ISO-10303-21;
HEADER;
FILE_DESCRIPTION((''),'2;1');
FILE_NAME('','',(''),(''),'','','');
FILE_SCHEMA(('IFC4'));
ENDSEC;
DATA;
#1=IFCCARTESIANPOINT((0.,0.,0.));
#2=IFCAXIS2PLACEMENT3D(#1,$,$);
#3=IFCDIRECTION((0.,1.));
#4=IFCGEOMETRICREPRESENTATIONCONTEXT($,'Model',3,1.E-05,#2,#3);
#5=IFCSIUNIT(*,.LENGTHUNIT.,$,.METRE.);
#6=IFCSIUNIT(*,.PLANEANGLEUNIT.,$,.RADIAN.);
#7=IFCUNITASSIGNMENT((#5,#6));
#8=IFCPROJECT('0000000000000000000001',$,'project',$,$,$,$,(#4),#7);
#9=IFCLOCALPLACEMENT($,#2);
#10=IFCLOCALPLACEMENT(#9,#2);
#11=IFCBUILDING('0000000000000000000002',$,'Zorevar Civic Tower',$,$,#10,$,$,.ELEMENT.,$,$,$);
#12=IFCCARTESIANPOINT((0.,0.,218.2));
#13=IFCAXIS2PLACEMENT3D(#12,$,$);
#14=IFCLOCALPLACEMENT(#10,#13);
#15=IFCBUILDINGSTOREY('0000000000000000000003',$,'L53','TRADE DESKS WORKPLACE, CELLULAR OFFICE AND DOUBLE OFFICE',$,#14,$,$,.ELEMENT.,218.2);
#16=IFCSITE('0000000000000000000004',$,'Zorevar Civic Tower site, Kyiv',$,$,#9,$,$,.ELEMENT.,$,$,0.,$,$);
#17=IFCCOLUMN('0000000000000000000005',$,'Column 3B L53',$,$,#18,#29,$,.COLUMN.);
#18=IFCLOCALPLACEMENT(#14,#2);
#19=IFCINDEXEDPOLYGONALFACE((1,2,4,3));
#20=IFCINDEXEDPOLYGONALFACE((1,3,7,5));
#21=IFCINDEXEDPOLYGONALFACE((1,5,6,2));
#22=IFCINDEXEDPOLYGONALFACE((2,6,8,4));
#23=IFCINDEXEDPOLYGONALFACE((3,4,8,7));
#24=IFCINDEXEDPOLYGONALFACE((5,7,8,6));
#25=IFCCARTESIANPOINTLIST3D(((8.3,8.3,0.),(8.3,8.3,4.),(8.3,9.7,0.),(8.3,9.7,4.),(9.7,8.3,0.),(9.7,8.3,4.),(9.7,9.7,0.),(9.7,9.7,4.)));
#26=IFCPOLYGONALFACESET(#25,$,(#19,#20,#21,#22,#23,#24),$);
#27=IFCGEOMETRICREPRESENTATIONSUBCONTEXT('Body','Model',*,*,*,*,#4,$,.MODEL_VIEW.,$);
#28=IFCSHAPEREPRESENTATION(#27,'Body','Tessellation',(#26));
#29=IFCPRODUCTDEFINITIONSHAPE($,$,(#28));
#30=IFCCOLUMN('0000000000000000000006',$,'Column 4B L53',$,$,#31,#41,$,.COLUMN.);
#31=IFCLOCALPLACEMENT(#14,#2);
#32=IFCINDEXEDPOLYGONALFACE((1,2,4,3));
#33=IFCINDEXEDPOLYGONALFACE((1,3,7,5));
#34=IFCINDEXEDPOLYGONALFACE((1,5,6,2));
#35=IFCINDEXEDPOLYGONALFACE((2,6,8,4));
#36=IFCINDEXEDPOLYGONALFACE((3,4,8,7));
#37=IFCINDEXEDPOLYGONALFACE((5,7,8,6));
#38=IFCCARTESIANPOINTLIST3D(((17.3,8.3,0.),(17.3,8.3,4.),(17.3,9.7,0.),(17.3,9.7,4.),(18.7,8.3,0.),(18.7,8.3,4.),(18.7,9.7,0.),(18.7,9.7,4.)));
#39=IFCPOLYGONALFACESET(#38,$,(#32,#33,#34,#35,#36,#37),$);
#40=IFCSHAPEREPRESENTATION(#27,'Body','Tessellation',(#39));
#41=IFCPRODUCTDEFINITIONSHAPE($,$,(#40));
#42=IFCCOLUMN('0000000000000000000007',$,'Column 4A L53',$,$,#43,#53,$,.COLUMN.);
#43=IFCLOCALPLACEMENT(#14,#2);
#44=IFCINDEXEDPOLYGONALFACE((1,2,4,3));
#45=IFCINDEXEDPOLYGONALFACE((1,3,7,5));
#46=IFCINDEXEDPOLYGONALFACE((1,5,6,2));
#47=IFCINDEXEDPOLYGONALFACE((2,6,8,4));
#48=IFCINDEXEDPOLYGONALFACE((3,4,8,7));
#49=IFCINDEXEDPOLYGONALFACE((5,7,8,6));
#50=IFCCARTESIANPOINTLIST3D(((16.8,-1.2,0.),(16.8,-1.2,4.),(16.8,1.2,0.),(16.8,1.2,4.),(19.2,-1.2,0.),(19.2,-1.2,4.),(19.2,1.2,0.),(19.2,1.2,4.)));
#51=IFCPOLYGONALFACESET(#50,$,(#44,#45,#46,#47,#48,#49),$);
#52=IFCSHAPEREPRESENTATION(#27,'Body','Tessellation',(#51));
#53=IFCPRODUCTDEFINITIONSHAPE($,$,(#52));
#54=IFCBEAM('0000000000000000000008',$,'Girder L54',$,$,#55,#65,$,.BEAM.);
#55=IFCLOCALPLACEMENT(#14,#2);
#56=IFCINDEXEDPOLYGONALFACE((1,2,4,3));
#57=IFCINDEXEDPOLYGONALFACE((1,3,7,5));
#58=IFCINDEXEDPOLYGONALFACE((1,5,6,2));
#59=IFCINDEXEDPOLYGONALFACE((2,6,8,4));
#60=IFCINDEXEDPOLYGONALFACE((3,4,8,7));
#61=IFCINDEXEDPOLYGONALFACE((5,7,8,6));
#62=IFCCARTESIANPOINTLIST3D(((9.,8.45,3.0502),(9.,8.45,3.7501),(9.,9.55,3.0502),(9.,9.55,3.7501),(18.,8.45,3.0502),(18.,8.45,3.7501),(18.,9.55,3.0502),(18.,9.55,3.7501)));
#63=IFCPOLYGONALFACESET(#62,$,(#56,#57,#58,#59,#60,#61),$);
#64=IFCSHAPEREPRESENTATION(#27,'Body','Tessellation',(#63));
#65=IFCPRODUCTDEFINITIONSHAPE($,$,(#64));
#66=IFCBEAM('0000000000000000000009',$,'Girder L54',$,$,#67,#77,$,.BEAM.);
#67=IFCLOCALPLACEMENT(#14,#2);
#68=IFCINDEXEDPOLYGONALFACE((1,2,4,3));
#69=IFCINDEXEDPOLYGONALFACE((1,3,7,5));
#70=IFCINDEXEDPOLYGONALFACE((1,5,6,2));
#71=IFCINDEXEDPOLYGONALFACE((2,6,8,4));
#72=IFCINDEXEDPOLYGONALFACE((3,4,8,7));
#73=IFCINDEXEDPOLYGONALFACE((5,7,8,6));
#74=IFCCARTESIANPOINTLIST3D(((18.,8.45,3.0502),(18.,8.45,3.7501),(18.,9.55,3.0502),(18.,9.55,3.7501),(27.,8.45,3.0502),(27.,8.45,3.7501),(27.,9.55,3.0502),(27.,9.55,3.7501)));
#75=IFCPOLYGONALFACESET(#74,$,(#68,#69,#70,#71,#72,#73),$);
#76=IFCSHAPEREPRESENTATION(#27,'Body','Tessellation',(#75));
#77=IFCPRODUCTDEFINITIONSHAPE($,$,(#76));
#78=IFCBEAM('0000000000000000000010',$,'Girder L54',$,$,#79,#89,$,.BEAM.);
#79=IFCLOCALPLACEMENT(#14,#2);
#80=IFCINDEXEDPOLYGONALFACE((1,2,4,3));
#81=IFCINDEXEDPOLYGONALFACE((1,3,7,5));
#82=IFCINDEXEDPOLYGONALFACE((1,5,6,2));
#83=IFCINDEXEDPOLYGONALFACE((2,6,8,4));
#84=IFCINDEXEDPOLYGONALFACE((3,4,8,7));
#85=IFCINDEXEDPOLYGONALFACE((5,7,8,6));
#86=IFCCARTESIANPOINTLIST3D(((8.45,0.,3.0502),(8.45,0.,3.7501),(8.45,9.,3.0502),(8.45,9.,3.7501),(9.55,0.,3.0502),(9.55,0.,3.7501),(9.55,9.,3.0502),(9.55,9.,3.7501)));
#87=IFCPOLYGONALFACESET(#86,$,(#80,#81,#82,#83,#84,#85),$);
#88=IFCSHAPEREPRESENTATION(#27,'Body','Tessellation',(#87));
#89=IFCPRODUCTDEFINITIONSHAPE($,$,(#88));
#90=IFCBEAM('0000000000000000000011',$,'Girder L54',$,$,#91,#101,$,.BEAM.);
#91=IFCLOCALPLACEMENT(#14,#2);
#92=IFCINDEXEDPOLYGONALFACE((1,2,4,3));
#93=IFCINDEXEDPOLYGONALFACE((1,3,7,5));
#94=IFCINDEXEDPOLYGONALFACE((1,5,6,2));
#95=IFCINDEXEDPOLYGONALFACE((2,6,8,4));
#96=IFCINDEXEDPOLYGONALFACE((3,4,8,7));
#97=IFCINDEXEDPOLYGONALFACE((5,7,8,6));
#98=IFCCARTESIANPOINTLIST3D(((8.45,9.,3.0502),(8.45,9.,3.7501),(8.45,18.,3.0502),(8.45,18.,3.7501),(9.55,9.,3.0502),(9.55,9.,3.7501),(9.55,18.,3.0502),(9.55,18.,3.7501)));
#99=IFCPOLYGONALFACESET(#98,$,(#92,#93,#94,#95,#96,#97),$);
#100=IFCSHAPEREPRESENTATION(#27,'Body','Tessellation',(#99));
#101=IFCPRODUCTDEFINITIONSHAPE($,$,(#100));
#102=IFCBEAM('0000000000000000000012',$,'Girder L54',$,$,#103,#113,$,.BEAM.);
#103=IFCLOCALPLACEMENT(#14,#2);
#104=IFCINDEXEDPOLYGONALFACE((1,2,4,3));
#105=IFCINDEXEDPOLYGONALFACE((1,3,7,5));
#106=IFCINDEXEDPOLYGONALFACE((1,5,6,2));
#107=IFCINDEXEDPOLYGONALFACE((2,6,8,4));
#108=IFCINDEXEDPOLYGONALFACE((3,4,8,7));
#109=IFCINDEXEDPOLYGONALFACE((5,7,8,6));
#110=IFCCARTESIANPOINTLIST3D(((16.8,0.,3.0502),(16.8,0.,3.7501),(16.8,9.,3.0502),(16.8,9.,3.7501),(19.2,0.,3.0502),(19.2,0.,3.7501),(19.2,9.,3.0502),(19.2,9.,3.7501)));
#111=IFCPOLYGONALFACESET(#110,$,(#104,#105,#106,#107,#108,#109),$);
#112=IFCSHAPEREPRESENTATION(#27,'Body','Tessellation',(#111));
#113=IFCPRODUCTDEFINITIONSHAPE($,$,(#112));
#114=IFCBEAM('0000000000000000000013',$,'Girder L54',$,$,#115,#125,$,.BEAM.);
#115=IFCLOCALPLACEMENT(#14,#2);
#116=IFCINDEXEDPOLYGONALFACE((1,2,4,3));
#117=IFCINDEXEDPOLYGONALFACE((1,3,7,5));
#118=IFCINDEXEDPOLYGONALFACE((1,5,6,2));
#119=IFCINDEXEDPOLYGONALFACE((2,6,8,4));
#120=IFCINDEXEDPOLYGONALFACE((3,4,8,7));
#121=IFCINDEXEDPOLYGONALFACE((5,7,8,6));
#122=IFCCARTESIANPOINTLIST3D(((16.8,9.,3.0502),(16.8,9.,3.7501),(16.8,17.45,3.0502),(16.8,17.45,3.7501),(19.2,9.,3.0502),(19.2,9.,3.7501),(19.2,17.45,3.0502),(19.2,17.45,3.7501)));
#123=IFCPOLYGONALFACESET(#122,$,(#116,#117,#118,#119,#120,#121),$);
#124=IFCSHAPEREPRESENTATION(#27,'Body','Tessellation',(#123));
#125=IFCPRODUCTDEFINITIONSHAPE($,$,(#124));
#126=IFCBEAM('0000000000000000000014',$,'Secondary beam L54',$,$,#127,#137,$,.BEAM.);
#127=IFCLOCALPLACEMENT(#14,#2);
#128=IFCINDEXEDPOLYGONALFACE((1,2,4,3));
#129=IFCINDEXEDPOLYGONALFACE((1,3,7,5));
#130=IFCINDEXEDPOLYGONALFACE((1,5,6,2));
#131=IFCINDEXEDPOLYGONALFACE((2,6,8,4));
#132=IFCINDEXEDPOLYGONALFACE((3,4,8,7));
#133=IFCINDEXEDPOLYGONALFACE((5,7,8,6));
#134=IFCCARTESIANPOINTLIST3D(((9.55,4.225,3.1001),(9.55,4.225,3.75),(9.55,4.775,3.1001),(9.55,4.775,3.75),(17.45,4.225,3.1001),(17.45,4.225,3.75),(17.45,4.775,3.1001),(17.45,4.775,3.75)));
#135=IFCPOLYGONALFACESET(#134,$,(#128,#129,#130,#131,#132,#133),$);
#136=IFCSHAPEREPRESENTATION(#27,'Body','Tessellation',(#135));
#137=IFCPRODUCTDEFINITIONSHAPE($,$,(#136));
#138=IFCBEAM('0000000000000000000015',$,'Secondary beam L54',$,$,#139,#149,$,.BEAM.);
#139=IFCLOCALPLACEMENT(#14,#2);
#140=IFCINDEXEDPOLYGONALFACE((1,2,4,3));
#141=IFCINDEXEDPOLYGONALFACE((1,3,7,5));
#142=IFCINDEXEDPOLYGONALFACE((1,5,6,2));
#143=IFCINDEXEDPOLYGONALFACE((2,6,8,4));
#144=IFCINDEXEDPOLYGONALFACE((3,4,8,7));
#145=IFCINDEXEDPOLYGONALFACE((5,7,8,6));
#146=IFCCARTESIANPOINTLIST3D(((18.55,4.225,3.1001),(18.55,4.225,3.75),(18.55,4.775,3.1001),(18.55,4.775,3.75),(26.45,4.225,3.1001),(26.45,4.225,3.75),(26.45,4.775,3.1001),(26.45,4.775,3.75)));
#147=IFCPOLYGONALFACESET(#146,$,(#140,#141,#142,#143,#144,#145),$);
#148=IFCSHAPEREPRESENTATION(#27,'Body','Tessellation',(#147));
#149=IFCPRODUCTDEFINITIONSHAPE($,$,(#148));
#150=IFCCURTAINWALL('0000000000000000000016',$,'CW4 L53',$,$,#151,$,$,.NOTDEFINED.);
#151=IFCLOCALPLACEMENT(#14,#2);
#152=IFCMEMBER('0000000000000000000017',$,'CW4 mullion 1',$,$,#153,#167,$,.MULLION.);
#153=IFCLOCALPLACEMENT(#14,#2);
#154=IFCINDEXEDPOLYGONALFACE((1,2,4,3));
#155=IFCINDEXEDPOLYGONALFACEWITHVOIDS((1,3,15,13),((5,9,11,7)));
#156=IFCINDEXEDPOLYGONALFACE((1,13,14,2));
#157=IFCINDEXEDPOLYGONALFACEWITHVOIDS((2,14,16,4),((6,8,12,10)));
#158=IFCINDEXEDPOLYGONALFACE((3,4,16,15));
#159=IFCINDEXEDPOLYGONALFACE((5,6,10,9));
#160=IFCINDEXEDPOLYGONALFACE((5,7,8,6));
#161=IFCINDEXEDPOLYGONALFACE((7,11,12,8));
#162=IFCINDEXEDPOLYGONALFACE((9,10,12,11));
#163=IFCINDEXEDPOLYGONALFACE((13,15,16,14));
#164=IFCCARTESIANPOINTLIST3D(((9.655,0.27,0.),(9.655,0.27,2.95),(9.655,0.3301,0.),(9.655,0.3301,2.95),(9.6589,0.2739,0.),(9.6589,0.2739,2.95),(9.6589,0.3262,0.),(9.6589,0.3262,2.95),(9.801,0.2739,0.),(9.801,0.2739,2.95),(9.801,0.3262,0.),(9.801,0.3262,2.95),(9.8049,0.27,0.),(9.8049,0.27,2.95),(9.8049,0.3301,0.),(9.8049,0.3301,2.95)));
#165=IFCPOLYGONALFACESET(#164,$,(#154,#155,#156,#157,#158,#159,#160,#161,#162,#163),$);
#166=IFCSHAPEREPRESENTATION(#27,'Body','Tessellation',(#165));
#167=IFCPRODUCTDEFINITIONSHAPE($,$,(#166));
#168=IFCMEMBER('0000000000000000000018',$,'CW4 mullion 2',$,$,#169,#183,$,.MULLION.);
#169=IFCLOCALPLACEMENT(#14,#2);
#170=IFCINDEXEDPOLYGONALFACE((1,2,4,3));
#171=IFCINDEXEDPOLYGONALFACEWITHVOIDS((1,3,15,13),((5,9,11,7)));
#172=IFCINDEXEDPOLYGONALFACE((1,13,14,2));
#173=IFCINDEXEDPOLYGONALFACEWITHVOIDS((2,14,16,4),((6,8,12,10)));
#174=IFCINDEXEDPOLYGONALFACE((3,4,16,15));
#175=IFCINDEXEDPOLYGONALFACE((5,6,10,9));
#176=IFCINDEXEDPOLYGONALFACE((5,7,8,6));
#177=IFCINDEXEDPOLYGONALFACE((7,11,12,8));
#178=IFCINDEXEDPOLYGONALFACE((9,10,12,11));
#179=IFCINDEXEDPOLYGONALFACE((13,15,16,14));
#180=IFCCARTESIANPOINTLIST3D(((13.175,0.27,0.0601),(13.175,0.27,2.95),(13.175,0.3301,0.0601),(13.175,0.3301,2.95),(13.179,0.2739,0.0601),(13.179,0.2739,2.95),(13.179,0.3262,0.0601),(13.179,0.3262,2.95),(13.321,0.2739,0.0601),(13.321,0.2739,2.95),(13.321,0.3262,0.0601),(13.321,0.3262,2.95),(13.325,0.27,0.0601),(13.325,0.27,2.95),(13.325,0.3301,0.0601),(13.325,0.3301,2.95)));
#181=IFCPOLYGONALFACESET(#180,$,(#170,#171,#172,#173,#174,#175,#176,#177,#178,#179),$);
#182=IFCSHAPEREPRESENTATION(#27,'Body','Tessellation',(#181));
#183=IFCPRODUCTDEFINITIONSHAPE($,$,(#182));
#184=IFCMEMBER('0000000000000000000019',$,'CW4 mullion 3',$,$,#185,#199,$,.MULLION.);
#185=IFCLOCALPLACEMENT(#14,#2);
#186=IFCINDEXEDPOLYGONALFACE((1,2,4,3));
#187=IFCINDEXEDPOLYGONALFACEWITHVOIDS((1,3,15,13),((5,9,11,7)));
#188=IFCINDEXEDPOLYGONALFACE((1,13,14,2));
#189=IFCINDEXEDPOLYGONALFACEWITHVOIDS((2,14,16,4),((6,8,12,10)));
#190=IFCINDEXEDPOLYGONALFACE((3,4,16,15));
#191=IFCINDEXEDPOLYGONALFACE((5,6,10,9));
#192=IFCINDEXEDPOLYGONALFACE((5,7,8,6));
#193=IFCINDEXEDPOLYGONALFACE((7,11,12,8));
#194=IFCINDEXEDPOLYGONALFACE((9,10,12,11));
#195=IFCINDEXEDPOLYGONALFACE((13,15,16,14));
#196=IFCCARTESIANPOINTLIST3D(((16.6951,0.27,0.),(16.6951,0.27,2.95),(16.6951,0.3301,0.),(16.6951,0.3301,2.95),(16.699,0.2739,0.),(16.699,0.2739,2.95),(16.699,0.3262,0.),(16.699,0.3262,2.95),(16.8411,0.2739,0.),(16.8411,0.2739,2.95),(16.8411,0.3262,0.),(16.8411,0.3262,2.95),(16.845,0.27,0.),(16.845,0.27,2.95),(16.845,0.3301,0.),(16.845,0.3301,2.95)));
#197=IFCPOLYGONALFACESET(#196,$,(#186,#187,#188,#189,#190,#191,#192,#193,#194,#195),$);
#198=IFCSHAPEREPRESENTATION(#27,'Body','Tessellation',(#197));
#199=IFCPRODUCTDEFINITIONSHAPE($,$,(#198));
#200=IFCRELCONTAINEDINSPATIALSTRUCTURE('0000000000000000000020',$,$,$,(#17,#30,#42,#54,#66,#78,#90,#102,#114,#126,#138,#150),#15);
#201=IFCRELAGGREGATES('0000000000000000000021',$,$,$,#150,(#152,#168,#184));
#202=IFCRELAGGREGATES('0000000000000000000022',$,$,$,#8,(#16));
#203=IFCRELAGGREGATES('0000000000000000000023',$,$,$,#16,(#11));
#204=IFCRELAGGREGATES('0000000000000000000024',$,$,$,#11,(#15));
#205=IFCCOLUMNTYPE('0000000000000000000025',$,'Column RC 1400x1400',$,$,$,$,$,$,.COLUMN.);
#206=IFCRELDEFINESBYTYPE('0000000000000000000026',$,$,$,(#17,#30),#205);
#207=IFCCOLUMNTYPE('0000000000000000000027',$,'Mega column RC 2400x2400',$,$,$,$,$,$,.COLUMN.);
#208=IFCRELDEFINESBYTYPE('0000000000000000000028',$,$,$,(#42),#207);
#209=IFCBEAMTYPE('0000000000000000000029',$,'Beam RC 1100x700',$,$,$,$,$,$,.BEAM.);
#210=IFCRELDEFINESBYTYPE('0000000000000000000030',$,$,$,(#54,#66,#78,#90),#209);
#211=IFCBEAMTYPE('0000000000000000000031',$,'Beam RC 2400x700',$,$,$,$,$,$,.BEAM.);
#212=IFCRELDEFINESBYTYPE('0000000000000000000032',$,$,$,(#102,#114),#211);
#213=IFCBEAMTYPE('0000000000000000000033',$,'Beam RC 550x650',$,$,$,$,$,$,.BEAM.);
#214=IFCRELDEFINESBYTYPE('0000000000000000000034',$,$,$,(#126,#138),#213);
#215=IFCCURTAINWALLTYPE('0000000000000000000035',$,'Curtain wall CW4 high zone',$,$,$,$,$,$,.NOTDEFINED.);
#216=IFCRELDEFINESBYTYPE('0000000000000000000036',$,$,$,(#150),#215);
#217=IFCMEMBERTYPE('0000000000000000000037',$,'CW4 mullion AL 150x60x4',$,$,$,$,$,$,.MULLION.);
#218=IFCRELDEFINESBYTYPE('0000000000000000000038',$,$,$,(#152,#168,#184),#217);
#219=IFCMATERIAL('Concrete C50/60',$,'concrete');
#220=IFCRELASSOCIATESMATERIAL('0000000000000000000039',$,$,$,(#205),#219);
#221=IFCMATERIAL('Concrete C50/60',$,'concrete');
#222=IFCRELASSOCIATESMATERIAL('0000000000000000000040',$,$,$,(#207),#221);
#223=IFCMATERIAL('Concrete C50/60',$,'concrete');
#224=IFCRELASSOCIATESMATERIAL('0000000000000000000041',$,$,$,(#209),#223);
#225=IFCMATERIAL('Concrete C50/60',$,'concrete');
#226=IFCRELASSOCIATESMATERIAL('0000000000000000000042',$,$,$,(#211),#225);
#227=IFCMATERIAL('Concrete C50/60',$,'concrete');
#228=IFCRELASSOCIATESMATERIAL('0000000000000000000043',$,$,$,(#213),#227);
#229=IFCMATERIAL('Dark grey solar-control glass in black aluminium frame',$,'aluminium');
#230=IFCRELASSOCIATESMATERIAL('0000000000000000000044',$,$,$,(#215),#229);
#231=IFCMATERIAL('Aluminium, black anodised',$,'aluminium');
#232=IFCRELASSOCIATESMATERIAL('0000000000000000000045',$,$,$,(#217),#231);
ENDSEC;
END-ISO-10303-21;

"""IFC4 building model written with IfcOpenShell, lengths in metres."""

from ifc_helpers import new_model, si_unit, direction, frame, origin, origin_2d, place, context, subcontext, project, spatial, rectangle, hollow_rectangle, extrude, material, material_profile, profile_set, type_object, element, aggregate, save


model = new_model("IFC4")

# Units and contexts
model_context = context("Model", 3, precision=1e-05, world=origin(), true_north=direction((0.0, 1.0)))
body_context = subcontext(model_context, "Body", "Model", "MODEL_VIEW")
ifc_project = project(units=[si_unit("LENGTHUNIT", "METRE"), si_unit("PLANEANGLEUNIT", "RADIAN")], contexts=[model_context])

# Site, building, storey
site_placement = place(None, origin())
site = spatial("IfcSite", under=ifc_project, at=site_placement, Name="Zorevar Civic Tower site, Kyiv", CompositionType="ELEMENT", RefElevation=0.0)
building_placement = place(site_placement, origin())
building = spatial("IfcBuilding", under=site, at=building_placement, Name="Zorevar Civic Tower", CompositionType="ELEMENT")
storey_placement = place(building_placement, frame((0.0, 0.0, 218.2)))
storey = spatial("IfcBuildingStorey", under=building, at=storey_placement, Name="L53", Description="TRADE DESKS WORKPLACE, CELLULAR OFFICE AND DOUBLE OFFICE", CompositionType="ELEMENT", Elevation=218.2)

# Columns
ifc_material_1 = material(Name="Concrete C50/60", Category="concrete")
ifc_material_profile_1 = material_profile(ifc_material_1, rectangle(XDim=1.3999, YDim=1.3999, at=origin_2d()), Name="RC 1400x1400")
ifc_profile_set_1 = profile_set([ifc_material_profile_1], Name="Concrete C50/60")
column_type_1 = type_object("IfcColumnType", Name="Column RC 1400x1400", PredefinedType="COLUMN", material=ifc_profile_set_1)
for number, where, z_axis, x_axis, name in (
    (1, (9.0, 9.0, 0.0), (0.0, 0.0, 1.0), (1.0, 0.0, 0.0), "Column 3B L53"),
    (2, (18.0, 9.0, 0.0), (0.0, 0.0, 1.0), (1.0, 0.0, 0.0), "Column 4B L53"),
):
    element("IfcColumn", number, at=place(storey_placement, frame(where, z_axis=z_axis, x_axis=x_axis)), inside=storey, type_object=column_type_1, Name=name, PredefinedType="COLUMN", context=body_context, shape_type="SweptSolid", body=[
        extrude(rectangle(XDim=1.3999, YDim=1.3999, at=origin_2d()), origin(), (0.0, 0.0, 1.0), 4.0),
    ])
ifc_material_2 = material(Name="Concrete C50/60", Category="concrete")
ifc_material_profile_2 = material_profile(ifc_material_2, rectangle(XDim=2.3999, YDim=2.3999, at=origin_2d()), Name="RC 2400x2400")
ifc_profile_set_2 = profile_set([ifc_material_profile_2], Name="Concrete C50/60")
column_type_2 = type_object("IfcColumnType", Name="Mega column RC 2400x2400", PredefinedType="COLUMN", material=ifc_profile_set_2)
column_placement = place(storey_placement, frame((18.0, 0.0, 0.0), z_axis=(0.0, 0.0, 1.0), x_axis=(1.0, 0.0, 0.0)))
element("IfcColumn", 3, at=column_placement, inside=storey, type_object=column_type_2, Name="Column 4A L53", PredefinedType="COLUMN", context=body_context, shape_type="SweptSolid", body=[
    extrude(rectangle(XDim=2.3999, YDim=2.3999, at=origin_2d()), origin(), (0.0, 0.0, 1.0), 4.0),
])

# Beams
ifc_material_3 = material(Name="Concrete C50/60", Category="concrete")
ifc_material_profile_3 = material_profile(ifc_material_3, rectangle(XDim=1.1001, YDim=0.7, at=origin_2d()), Name="RC 1100x700")
ifc_profile_set_3 = profile_set([ifc_material_profile_3], Name="Concrete C50/60")
beam_type_1 = type_object("IfcBeamType", Name="Beam RC 1100x700", PredefinedType="BEAM", material=ifc_profile_set_3)
for number, where, z_axis, x_axis, name in (
    (4, (9.0, 9.0, 3.4001), (1.0, 0.0, 0.0), (0.0, 1.0, 0.0), "Girder L54"),
    (5, (18.0, 9.0, 3.4001), (1.0, 0.0, 0.0), (0.0, 1.0, 0.0), "Girder L54"),
    (6, (9.0, 0.0, 3.4001), (0.0, 1.0, 0.0), (-1.0, 0.0, 0.0), "Girder L54"),
    (7, (9.0, 9.0, 3.4001), (0.0, 1.0, 0.0), (-1.0, 0.0, 0.0), "Girder L54"),
):
    element("IfcBeam", number, at=place(storey_placement, frame(where, z_axis=z_axis, x_axis=x_axis)), inside=storey, type_object=beam_type_1, Name=name, PredefinedType="BEAM", context=body_context, shape_type="SweptSolid", body=[
        extrude(rectangle(XDim=1.1001, YDim=0.7, at=origin_2d()), origin(), (0.0, 0.0, 1.0), 9.0),
    ])
ifc_material_4 = material(Name="Concrete C50/60", Category="concrete")
ifc_material_profile_4 = material_profile(ifc_material_4, rectangle(XDim=2.3999, YDim=0.7, at=origin_2d()), Name="RC 2400x700")
ifc_profile_set_4 = profile_set([ifc_material_profile_4], Name="Concrete C50/60")
beam_type_2 = type_object("IfcBeamType", Name="Beam RC 2400x700", PredefinedType="BEAM", material=ifc_profile_set_4)
beam_1_placement = place(storey_placement, frame((18.0, 0.0, 3.4001), z_axis=(0.0, 1.0, 0.0), x_axis=(-1.0, 0.0, 0.0)))
element("IfcBeam", 8, at=beam_1_placement, inside=storey, type_object=beam_type_2, Name="Girder L54", PredefinedType="BEAM", context=body_context, shape_type="SweptSolid", body=[
    extrude(rectangle(XDim=2.3999, YDim=0.7, at=origin_2d()), origin(), (0.0, 0.0, 1.0), 9.0),
])
beam_2_placement = place(storey_placement, frame((18.0, 9.0, 3.4001), z_axis=(0.0, 1.0, 0.0), x_axis=(-1.0, 0.0, 0.0)))
element("IfcBeam", 9, at=beam_2_placement, inside=storey, type_object=beam_type_2, Name="Girder L54", PredefinedType="BEAM", context=body_context, shape_type="SweptSolid", body=[
    extrude(rectangle(XDim=2.3999, YDim=0.7, at=origin_2d()), origin(), (0.0, 0.0, 1.0), 8.45),
])
ifc_material_5 = material(Name="Concrete C50/60", Category="concrete")
ifc_material_profile_5 = material_profile(ifc_material_5, rectangle(XDim=0.55, YDim=0.6499, at=origin_2d()), Name="RC 550x650")
ifc_profile_set_5 = profile_set([ifc_material_profile_5], Name="Concrete C50/60")
beam_type_3 = type_object("IfcBeamType", Name="Beam RC 550x650", PredefinedType="BEAM", material=ifc_profile_set_5)
for number, where, z_axis, x_axis, name in (
    (10, (9.55, 4.5, 3.425), (1.0, 0.0, 0.0), (0.0, 1.0, 0.0), "Secondary beam L54"),
    (11, (18.55, 4.5, 3.425), (1.0, 0.0, 0.0), (0.0, 1.0, 0.0), "Secondary beam L54"),
):
    element("IfcBeam", number, at=place(storey_placement, frame(where, z_axis=z_axis, x_axis=x_axis)), inside=storey, type_object=beam_type_3, Name=name, PredefinedType="BEAM", context=body_context, shape_type="SweptSolid", body=[
        extrude(rectangle(XDim=0.55, YDim=0.6499, at=origin_2d()), origin(), (0.0, 0.0, 1.0), 7.8999),
    ])

# Curtain wall, members
ifc_material_6 = material(Name="Dark grey solar-control glass in black aluminium frame", Category="aluminium")
curtain_wall_type = type_object("IfcCurtainWallType", Name="Curtain wall CW4 high zone", PredefinedType="NOTDEFINED", material=ifc_material_6)
curtain_wall_placement = place(storey_placement, origin())
curtain_wall = element("IfcCurtainWall", 12, at=curtain_wall_placement, inside=storey, type_object=curtain_wall_type, Name="CW4 L53", PredefinedType="NOTDEFINED")
ifc_material_7 = material(Name="Aluminium, black anodised", Category="aluminium")
ifc_material_profile_6 = material_profile(ifc_material_7, hollow_rectangle(XDim=0.0601, YDim=0.1499, WallThickness=0.0039, at=origin_2d()), Name="AL 150x60x4")
ifc_profile_set_6 = profile_set([ifc_material_profile_6], Name="Aluminium, black anodised")
member_type_1 = type_object("IfcMemberType", Name="CW4 mullion AL 150x60x4", PredefinedType="MULLION", material=ifc_profile_set_6)
member_1_placement = place(storey_placement, frame((9.73, 0.3, 0.0), z_axis=(0.0, 0.0, 1.0), x_axis=(0.0, 1.0, 0.0)))
member_1 = element("IfcMember", 13, at=member_1_placement, type_object=member_type_1, Name="CW4 mullion 1", PredefinedType="MULLION", context=body_context, shape_type="SweptSolid", body=[
    extrude(hollow_rectangle(XDim=0.0601, YDim=0.1499, WallThickness=0.0039, at=origin_2d()), origin(), (0.0, 0.0, 1.0), 2.95),
])
member_2_placement = place(storey_placement, frame((13.25, 0.3, 0.0601), z_axis=(0.0, 0.0, 1.0), x_axis=(0.0, 1.0, 0.0)))
member_2 = element("IfcMember", 14, at=member_2_placement, type_object=member_type_1, Name="CW4 mullion 2", PredefinedType="MULLION", context=body_context, shape_type="SweptSolid", body=[
    extrude(hollow_rectangle(XDim=0.0601, YDim=0.1499, WallThickness=0.0039, at=origin_2d()), origin(), (0.0, 0.0, 1.0), 2.8899),
])
member_3_placement = place(storey_placement, frame((16.77, 0.3, 0.0), z_axis=(0.0, 0.0, 1.0), x_axis=(0.0, 1.0, 0.0)))
member_3 = element("IfcMember", 15, at=member_3_placement, type_object=member_type_1, Name="CW4 mullion 3", PredefinedType="MULLION", context=body_context, shape_type="SweptSolid", body=[
    extrude(hollow_rectangle(XDim=0.0601, YDim=0.1499, WallThickness=0.0039, at=origin_2d()), origin(), (0.0, 0.0, 1.0), 2.95),
])

aggregate(curtain_wall, [member_1, member_2, member_3])

save(model, "model.ifc")
